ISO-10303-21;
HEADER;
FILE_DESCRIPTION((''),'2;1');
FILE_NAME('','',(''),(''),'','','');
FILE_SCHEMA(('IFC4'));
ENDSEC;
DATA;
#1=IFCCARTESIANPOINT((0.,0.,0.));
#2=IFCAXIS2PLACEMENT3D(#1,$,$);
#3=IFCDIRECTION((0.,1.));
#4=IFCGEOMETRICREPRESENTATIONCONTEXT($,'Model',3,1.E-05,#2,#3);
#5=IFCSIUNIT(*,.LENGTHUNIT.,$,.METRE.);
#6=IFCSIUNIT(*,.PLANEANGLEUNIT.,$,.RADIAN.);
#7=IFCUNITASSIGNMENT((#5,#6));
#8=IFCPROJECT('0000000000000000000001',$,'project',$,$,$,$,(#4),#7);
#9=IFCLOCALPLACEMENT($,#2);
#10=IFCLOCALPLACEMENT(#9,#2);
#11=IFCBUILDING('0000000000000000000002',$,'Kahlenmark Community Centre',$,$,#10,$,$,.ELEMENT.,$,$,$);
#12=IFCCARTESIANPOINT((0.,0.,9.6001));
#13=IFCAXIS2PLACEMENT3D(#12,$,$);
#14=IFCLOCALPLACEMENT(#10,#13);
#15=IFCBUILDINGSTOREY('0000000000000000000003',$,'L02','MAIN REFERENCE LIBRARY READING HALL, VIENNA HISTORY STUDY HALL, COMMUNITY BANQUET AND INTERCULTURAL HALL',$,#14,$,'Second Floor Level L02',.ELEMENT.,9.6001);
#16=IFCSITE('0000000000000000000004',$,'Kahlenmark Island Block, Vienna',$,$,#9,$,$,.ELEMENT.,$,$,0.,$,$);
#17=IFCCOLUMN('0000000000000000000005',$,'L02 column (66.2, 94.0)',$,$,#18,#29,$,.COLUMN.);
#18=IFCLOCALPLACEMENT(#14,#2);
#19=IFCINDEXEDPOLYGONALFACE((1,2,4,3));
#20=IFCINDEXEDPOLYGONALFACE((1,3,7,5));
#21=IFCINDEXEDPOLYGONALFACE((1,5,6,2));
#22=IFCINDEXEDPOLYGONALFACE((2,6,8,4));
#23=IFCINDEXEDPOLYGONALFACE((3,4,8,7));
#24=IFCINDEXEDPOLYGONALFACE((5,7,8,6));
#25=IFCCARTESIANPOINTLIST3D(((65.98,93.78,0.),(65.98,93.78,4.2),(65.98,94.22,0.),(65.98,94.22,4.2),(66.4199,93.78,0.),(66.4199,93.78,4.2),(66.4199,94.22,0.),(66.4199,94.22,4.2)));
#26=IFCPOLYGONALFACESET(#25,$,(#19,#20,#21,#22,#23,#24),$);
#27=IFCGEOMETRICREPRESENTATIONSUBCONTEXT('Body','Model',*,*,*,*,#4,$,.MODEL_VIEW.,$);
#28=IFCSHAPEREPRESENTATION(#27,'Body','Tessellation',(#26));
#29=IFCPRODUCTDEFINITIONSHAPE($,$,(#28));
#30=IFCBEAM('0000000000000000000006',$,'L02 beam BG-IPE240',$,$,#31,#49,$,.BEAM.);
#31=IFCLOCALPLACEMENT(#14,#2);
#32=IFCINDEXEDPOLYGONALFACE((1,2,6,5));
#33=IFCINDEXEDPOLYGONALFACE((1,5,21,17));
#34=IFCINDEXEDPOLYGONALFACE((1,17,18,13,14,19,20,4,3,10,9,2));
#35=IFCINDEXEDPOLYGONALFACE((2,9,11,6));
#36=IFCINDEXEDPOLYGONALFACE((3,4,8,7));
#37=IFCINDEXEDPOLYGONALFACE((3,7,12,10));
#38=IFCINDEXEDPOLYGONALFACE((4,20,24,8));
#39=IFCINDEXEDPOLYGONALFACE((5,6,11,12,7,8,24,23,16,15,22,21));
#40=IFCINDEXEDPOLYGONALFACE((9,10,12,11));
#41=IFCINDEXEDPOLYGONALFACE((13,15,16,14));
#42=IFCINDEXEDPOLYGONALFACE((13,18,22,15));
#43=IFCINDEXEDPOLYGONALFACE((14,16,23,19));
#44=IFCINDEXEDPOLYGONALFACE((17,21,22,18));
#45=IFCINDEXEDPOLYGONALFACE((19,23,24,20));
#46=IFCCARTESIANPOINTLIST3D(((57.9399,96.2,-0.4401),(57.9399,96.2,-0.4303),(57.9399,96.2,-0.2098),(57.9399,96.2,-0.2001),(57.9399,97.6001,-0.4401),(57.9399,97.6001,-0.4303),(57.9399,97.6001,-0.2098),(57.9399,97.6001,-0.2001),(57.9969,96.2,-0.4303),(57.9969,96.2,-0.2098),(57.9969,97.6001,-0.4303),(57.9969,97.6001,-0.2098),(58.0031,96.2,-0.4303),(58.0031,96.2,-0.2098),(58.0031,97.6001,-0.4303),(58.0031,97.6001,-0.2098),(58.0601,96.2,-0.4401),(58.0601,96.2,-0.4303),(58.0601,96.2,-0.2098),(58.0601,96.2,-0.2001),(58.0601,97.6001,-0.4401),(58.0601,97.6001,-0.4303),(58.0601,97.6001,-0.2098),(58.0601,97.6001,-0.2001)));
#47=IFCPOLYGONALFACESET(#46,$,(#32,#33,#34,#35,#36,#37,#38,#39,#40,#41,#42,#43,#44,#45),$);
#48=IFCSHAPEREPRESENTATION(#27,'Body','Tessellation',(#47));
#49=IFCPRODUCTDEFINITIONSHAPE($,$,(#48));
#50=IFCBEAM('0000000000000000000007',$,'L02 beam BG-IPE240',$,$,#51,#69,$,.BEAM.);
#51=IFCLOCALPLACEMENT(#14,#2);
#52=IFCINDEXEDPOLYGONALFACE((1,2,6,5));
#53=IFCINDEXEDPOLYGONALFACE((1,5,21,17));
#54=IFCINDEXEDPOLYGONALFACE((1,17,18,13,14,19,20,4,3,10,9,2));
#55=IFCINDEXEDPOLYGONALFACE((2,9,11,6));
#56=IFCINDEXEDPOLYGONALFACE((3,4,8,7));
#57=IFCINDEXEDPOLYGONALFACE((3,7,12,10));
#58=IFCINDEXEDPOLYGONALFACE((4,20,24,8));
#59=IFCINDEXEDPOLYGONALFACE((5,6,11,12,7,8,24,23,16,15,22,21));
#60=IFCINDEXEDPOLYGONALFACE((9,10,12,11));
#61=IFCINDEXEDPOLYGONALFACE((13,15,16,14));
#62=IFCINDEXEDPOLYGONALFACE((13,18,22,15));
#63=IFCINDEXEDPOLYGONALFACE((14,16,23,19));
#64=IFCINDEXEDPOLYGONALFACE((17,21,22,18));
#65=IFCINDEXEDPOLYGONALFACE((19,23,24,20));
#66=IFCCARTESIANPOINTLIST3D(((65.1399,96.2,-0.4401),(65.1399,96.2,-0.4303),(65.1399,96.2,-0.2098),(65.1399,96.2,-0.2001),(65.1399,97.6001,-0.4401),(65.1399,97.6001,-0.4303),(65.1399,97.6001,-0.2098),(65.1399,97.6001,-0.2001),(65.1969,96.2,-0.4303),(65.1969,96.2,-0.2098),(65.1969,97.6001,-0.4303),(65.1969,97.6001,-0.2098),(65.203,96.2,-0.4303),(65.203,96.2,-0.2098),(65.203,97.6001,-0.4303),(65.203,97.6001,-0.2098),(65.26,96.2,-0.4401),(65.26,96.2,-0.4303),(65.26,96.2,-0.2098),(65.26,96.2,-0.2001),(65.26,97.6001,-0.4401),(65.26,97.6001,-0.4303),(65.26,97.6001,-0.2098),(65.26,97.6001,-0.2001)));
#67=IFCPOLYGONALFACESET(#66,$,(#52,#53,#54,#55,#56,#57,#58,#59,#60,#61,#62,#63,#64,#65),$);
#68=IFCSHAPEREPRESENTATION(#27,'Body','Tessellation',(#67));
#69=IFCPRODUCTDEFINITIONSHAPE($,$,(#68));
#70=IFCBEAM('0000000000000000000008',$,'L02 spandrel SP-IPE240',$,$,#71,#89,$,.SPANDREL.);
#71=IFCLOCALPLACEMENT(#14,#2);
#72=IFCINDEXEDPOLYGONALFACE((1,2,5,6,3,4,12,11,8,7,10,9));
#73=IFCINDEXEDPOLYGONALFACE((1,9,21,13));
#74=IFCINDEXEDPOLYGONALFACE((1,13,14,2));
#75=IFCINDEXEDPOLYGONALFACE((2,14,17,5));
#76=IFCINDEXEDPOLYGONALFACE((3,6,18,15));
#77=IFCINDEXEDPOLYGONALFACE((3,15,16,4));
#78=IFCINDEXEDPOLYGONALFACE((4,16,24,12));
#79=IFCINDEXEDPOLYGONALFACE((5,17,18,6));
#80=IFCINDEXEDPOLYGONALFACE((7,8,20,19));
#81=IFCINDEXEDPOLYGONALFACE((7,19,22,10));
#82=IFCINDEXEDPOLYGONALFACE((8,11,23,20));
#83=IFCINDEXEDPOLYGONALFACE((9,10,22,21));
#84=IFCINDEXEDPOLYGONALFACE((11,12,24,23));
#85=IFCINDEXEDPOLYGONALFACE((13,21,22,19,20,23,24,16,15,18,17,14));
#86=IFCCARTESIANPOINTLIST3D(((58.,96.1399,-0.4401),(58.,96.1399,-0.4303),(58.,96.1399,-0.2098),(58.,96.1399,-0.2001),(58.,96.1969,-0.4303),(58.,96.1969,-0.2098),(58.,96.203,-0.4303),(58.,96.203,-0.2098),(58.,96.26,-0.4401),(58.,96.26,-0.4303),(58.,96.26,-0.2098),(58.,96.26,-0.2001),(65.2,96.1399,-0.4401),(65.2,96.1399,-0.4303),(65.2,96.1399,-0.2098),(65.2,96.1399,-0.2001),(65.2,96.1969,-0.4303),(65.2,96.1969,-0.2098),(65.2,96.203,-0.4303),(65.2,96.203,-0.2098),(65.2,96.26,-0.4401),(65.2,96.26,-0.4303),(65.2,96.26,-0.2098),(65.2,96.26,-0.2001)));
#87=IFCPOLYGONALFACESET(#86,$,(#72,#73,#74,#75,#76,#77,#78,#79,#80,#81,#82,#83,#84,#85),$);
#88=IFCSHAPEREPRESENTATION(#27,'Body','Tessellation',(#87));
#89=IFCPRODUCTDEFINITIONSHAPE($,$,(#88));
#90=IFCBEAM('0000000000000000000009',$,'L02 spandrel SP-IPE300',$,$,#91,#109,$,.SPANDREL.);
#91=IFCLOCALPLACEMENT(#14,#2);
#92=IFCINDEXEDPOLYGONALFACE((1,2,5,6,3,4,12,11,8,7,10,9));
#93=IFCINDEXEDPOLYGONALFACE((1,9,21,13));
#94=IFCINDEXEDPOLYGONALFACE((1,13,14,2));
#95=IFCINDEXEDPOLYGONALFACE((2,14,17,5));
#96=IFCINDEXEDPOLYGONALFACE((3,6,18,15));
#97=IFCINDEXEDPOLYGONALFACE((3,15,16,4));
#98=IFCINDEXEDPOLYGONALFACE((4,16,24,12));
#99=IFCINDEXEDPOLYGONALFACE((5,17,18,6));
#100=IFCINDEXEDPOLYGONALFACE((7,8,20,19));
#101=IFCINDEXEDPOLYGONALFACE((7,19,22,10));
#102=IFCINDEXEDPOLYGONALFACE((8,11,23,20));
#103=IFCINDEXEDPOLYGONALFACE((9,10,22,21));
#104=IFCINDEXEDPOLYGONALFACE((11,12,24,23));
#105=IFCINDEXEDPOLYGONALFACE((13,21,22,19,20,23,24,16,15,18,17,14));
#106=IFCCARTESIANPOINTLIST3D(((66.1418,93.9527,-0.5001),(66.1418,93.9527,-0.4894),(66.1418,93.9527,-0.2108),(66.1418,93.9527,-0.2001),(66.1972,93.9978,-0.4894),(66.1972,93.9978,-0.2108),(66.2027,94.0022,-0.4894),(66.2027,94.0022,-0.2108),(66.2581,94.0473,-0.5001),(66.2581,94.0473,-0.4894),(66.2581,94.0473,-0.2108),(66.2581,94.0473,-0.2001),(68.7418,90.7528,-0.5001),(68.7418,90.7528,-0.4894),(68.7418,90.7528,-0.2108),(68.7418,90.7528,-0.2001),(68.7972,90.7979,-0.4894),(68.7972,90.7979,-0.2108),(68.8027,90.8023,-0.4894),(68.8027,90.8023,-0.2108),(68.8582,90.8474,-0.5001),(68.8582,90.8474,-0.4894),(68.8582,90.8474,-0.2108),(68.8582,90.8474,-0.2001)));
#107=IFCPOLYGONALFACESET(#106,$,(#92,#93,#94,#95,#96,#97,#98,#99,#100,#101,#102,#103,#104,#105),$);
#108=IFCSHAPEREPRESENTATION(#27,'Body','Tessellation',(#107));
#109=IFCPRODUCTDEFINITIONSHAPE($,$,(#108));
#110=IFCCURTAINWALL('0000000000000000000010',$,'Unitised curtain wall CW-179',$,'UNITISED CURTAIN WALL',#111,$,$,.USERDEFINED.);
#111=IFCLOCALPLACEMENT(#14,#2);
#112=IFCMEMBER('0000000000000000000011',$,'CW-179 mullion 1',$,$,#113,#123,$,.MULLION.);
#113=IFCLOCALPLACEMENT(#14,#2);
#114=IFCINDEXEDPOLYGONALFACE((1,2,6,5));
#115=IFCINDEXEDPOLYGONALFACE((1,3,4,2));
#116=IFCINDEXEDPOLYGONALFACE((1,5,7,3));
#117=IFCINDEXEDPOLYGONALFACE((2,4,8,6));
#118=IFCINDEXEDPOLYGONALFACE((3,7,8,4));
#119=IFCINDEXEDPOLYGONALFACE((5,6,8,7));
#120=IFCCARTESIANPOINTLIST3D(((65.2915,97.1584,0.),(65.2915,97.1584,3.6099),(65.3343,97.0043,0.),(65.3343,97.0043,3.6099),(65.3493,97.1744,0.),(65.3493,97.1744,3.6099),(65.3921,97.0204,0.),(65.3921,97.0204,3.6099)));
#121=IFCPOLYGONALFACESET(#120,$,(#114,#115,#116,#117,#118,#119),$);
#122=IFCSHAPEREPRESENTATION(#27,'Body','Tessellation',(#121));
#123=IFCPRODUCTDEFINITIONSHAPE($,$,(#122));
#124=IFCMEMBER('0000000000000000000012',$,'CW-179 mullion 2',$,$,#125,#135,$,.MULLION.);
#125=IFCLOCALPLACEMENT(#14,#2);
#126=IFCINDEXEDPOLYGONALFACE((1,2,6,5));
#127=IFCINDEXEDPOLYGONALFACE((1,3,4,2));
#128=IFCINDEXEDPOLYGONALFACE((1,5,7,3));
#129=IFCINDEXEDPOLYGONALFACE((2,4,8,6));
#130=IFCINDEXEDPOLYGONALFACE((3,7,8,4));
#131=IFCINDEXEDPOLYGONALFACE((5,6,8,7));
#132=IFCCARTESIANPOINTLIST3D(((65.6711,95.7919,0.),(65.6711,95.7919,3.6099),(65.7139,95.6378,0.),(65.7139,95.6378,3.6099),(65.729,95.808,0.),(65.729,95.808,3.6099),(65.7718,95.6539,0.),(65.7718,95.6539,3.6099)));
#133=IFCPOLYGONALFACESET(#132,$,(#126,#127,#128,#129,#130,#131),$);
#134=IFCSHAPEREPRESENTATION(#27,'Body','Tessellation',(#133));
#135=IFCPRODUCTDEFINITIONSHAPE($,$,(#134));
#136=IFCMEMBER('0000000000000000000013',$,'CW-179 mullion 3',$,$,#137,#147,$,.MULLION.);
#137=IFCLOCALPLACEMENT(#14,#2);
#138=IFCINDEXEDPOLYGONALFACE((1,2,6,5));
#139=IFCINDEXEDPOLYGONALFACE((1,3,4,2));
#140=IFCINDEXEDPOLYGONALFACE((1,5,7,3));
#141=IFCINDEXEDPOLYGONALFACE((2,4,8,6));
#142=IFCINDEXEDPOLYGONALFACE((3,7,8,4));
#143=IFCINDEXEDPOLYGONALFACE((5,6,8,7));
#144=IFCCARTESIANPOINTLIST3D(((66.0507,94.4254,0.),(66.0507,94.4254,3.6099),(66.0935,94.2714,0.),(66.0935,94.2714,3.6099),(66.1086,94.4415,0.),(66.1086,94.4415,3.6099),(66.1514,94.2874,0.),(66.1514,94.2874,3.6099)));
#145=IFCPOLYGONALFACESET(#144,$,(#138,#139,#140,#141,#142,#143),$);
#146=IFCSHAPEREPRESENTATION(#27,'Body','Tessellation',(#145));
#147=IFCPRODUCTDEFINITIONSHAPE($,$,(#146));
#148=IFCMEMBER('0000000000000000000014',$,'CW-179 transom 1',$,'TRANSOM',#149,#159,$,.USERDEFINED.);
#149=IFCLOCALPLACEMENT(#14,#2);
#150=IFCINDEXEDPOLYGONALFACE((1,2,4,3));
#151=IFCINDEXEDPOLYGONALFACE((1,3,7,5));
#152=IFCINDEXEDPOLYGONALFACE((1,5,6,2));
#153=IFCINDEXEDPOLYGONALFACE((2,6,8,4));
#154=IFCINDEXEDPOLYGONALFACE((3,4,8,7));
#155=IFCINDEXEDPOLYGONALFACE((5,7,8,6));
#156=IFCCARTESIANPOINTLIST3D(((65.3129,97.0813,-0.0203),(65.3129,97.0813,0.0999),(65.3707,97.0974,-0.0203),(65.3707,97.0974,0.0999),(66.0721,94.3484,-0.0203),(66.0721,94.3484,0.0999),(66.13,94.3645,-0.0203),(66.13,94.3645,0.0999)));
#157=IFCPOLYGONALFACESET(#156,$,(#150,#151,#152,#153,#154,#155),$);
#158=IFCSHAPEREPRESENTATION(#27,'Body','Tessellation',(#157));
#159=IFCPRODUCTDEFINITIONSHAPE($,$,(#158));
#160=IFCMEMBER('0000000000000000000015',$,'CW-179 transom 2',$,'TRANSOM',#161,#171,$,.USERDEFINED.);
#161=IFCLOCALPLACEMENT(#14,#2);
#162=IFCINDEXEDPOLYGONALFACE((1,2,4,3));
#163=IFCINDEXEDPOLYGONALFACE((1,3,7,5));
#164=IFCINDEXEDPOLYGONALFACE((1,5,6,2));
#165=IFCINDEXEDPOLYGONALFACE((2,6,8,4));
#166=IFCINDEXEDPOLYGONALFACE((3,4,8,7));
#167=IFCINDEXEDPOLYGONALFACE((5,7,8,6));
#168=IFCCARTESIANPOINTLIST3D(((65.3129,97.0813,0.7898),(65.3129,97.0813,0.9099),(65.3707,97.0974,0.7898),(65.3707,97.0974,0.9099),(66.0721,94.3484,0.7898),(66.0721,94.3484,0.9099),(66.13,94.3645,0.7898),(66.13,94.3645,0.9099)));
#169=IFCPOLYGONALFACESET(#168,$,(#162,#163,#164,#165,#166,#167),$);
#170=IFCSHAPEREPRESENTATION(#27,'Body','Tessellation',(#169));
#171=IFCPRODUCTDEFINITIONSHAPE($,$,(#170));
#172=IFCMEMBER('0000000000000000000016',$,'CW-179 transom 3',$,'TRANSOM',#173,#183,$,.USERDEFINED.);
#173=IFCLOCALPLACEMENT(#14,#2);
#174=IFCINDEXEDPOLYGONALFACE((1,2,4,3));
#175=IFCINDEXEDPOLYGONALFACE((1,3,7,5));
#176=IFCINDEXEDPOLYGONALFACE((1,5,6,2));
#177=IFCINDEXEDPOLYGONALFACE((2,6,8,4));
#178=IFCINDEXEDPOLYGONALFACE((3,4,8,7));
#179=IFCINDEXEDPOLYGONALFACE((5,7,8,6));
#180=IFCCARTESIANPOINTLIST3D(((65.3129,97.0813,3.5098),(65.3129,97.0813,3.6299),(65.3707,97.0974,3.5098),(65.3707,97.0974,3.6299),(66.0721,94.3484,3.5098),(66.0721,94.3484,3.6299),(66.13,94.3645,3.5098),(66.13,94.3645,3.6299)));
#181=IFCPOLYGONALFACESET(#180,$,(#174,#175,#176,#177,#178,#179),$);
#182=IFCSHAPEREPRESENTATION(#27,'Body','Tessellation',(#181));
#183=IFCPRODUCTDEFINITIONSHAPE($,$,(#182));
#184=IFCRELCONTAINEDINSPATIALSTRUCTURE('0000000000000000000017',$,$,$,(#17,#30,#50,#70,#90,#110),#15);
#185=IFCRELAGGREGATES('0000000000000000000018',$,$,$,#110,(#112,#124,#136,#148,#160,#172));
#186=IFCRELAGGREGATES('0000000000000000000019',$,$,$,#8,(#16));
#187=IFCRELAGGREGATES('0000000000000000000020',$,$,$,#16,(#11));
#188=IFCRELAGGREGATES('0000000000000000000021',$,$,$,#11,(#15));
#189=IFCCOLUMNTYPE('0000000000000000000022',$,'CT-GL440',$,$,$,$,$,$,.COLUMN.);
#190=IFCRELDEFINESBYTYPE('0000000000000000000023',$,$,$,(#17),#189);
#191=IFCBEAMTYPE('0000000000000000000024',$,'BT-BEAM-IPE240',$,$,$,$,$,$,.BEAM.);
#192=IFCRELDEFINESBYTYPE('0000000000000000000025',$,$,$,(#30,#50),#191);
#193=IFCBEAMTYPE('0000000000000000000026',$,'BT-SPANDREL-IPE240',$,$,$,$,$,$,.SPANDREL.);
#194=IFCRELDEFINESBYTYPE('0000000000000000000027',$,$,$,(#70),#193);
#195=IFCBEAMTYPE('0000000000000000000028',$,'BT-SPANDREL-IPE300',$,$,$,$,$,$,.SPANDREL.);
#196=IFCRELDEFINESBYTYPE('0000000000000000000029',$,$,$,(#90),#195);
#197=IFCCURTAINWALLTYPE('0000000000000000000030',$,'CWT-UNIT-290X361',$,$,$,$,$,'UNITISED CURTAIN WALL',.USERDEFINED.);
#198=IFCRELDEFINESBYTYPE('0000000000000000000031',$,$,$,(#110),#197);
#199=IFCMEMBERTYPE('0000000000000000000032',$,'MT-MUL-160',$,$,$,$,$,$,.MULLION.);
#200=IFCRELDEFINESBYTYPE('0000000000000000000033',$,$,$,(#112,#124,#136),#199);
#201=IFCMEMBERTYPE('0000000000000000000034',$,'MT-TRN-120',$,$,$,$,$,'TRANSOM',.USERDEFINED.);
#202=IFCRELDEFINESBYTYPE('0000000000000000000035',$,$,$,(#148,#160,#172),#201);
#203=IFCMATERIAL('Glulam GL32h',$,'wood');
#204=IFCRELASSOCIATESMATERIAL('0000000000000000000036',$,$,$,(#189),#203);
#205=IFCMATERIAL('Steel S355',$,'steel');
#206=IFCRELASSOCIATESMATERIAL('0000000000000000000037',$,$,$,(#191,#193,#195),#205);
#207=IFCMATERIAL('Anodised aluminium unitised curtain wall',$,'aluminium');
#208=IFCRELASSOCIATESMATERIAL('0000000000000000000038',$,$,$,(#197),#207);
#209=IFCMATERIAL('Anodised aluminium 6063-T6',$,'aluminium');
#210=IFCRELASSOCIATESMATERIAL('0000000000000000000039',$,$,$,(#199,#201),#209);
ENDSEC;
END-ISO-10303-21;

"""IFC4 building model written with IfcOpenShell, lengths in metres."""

from ifc_helpers import new_model, si_unit, direction, frame, origin, origin_2d, place, context, subcontext, project, spatial, rectangle, i_section, extrude, material, material_profile, profile_set, type_object, element, aggregate, save


model = new_model("IFC4")

# Units and contexts
model_context = context("Model", 3, precision=1e-05, world=origin(), true_north=direction((0.0, 1.0)))
body_context = subcontext(model_context, "Body", "Model", "MODEL_VIEW")
ifc_project = project(units=[si_unit("LENGTHUNIT", "METRE"), si_unit("PLANEANGLEUNIT", "RADIAN")], contexts=[model_context])

# Site, building, storey
site_placement = place(None, origin())
site = spatial("IfcSite", under=ifc_project, at=site_placement, Name="Kahlenmark Island Block, Vienna", CompositionType="ELEMENT", RefElevation=0.0)
building_placement = place(site_placement, origin())
building = spatial("IfcBuilding", under=site, at=building_placement, Name="Kahlenmark Community Centre", CompositionType="ELEMENT")
storey_placement = place(building_placement, frame((0.0, 0.0, 9.6001)))
storey = spatial("IfcBuildingStorey", under=building, at=storey_placement, Name="L02", Description="MAIN REFERENCE LIBRARY READING HALL, VIENNA HISTORY STUDY HALL, COMMUNITY BANQUET AND INTERCULTURAL HALL", LongName="Second Floor Level L02", CompositionType="ELEMENT", Elevation=9.6001)

# Column
ifc_material_1 = material(Name="Glulam GL32h", Category="wood")
ifc_material_profile_1 = material_profile(ifc_material_1, rectangle(XDim=0.4399, YDim=0.4399, at=origin_2d()), Name="GL32h 440x440")
ifc_profile_set_1 = profile_set([ifc_material_profile_1], Name="Glulam GL32h")
column_type = type_object("IfcColumnType", Name="CT-GL440", PredefinedType="COLUMN", material=ifc_profile_set_1)
column_placement = place(storey_placement, frame((66.2, 94.0, 0.0), z_axis=(0.0, 0.0, 1.0), x_axis=(1.0, 0.0, 0.0)))
element("IfcColumn", 1, at=column_placement, inside=storey, type_object=column_type, Name="L02 column (66.2, 94.0)", PredefinedType="COLUMN", context=body_context, shape_type="SweptSolid", body=[
    extrude(rectangle(XDim=0.4399, YDim=0.4399, at=origin_2d()), origin(), (0.0, 0.0, 1.0), 4.2),
])

# Beams
ifc_material_2 = material(Name="Steel S355", Category="steel")
ifc_material_profile_2 = material_profile(ifc_material_2, i_section(OverallWidth=0.1201, OverallDepth=0.24, WebThickness=0.0061, FlangeThickness=0.0098, at=origin_2d()), Name="IPE 240")
ifc_profile_set_2 = profile_set([ifc_material_profile_2], Name="Steel S355")
beam_type_1 = type_object("IfcBeamType", Name="BT-BEAM-IPE240", PredefinedType="BEAM", material=ifc_profile_set_2)
for number, where, z_axis, x_axis, name in (
    (2, (58.0, 96.2, -0.3201), (0.0, 1.0, 0.0), (-1.0, 0.0, 0.0), "L02 beam BG-IPE240"),
    (3, (65.2, 96.2, -0.3201), (0.0, 1.0, 0.0), (-1.0, 0.0, 0.0), "L02 beam BG-IPE240"),
):
    element("IfcBeam", number, at=place(storey_placement, frame(where, z_axis=z_axis, x_axis=x_axis)), inside=storey, type_object=beam_type_1, Name=name, PredefinedType="BEAM", context=body_context, shape_type="SweptSolid", body=[
        extrude(i_section(OverallWidth=0.1201, OverallDepth=0.24, WebThickness=0.0061, FlangeThickness=0.0098, at=origin_2d()), origin(), (0.0, 0.0, 1.0), 1.4001),
    ])
ifc_material_profile_3 = material_profile(ifc_material_2, i_section(OverallWidth=0.1201, OverallDepth=0.24, WebThickness=0.0061, FlangeThickness=0.0098, at=origin_2d()), Name="IPE 240")
ifc_profile_set_3 = profile_set([ifc_material_profile_3], Name="Steel S355")
beam_type_2 = type_object("IfcBeamType", Name="BT-SPANDREL-IPE240", PredefinedType="SPANDREL", material=ifc_profile_set_3)
beam_1_placement = place(storey_placement, frame((58.0, 96.2, -0.3201), z_axis=(1.0, 0.0, 0.0), x_axis=(0.0, 1.0, 0.0)))
element("IfcBeam", 4, at=beam_1_placement, inside=storey, type_object=beam_type_2, Name="L02 spandrel SP-IPE240", PredefinedType="SPANDREL", context=body_context, shape_type="SweptSolid", body=[
    extrude(i_section(OverallWidth=0.1201, OverallDepth=0.24, WebThickness=0.0061, FlangeThickness=0.0098, at=origin_2d()), origin(), (0.0, 0.0, 1.0), 7.2),
])
ifc_material_profile_4 = material_profile(ifc_material_2, i_section(OverallWidth=0.1499, OverallDepth=0.3, WebThickness=0.0071, FlangeThickness=0.0107, at=origin_2d()), Name="IPE 300")
ifc_profile_set_4 = profile_set([ifc_material_profile_4], Name="Steel S355")
beam_type_3 = type_object("IfcBeamType", Name="BT-SPANDREL-IPE300", PredefinedType="SPANDREL", material=ifc_profile_set_4)
beam_2_placement = place(storey_placement, frame((66.2, 94.0, -0.3501), z_axis=(0.630613, -0.776098, 0.0), x_axis=(0.776098, 0.630613, 0.0)))
element("IfcBeam", 5, at=beam_2_placement, inside=storey, type_object=beam_type_3, Name="L02 spandrel SP-IPE300", PredefinedType="SPANDREL", context=body_context, shape_type="SweptSolid", body=[
    extrude(i_section(OverallWidth=0.1499, OverallDepth=0.3, WebThickness=0.0071, FlangeThickness=0.0107, at=origin_2d()), origin(), (0.0, 0.0, 1.0), 4.123),
])

# Curtain wall, members
ifc_material_3 = material(Name="Anodised aluminium unitised curtain wall", Category="aluminium")
curtain_wall_type = type_object("IfcCurtainWallType", Name="CWT-UNIT-290X361", ElementType="UNITISED CURTAIN WALL", PredefinedType="USERDEFINED", material=ifc_material_3)
curtain_wall_placement = place(storey_placement, origin())
curtain_wall = element("IfcCurtainWall", 6, at=curtain_wall_placement, inside=storey, type_object=curtain_wall_type, Name="Unitised curtain wall CW-179", ObjectType="UNITISED CURTAIN WALL", PredefinedType="USERDEFINED")
ifc_material_4 = material(Name="Anodised aluminium 6063-T6", Category="aluminium")
ifc_material_profile_5 = material_profile(ifc_material_4, rectangle(XDim=0.0601, YDim=0.1599, at=origin_2d()), Name="ALU MULLION 60x160")
ifc_profile_set_5 = profile_set([ifc_material_profile_5], Name="Anodised aluminium 6063-T6")
member_type_1 = type_object("IfcMemberType", Name="MT-MUL-160", PredefinedType="MULLION", material=ifc_profile_set_5)
member_1_placement = place(storey_placement, frame((65.3418, 97.0894, 0.0), z_axis=(0.0, 0.0, 1.0), x_axis=(0.963515, 0.267654, 0.0)))
member_1 = element("IfcMember", 7, at=member_1_placement, type_object=member_type_1, Name="CW-179 mullion 1", PredefinedType="MULLION", context=body_context, shape_type="SweptSolid", body=[
    extrude(rectangle(XDim=0.0601, YDim=0.1599, at=origin_2d()), origin(), (0.0, 0.0, 1.0), 3.6099),
])
member_2_placement = place(storey_placement, frame((65.7214, 95.7229, 0.0), z_axis=(0.0, 0.0, 1.0), x_axis=(0.963515, 0.267654, 0.0)))
member_2 = element("IfcMember", 8, at=member_2_placement, type_object=member_type_1, Name="CW-179 mullion 2", PredefinedType="MULLION", context=body_context, shape_type="SweptSolid", body=[
    extrude(rectangle(XDim=0.0601, YDim=0.1599, at=origin_2d()), origin(), (0.0, 0.0, 1.0), 3.6099),
])
member_3_placement = place(storey_placement, frame((66.1011, 94.3564, 0.0), z_axis=(0.0, 0.0, 1.0), x_axis=(0.963515, 0.267654, 0.0)))
member_3 = element("IfcMember", 9, at=member_3_placement, type_object=member_type_1, Name="CW-179 mullion 3", PredefinedType="MULLION", context=body_context, shape_type="SweptSolid", body=[
    extrude(rectangle(XDim=0.0601, YDim=0.1599, at=origin_2d()), origin(), (0.0, 0.0, 1.0), 3.6099),
])
ifc_material_profile_6 = material_profile(ifc_material_4, rectangle(XDim=0.0601, YDim=0.1201, at=origin_2d()), Name="ALU TRANSOM 60x120")
ifc_profile_set_6 = profile_set([ifc_material_profile_6], Name="Anodised aluminium 6063-T6")
member_type_2 = type_object("IfcMemberType", Name="MT-TRN-120", ElementType="TRANSOM", PredefinedType="USERDEFINED", material=ifc_profile_set_6)
member_4_placement = place(storey_placement, frame((65.3418, 97.0894, 0.0398), z_axis=(0.267688, -0.963506, 0.0), x_axis=(0.963506, 0.267688, 0.0)))
member_4 = element("IfcMember", 10, at=member_4_placement, type_object=member_type_2, Name="CW-179 transom 1", ObjectType="TRANSOM", PredefinedType="USERDEFINED", context=body_context, shape_type="SweptSolid", body=[
    extrude(rectangle(XDim=0.0601, YDim=0.1201, at=origin_2d()), origin(), (0.0, 0.0, 1.0), 2.8364),
])
member_5_placement = place(storey_placement, frame((65.3418, 97.0894, 0.8499), z_axis=(0.267688, -0.963506, 0.0), x_axis=(0.963506, 0.267688, 0.0)))
member_5 = element("IfcMember", 11, at=member_5_placement, type_object=member_type_2, Name="CW-179 transom 2", ObjectType="TRANSOM", PredefinedType="USERDEFINED", context=body_context, shape_type="SweptSolid", body=[
    extrude(rectangle(XDim=0.0601, YDim=0.1201, at=origin_2d()), origin(), (0.0, 0.0, 1.0), 2.8364),
])
member_6_placement = place(storey_placement, frame((65.3418, 97.0894, 3.5698), z_axis=(0.267688, -0.963506, 0.0), x_axis=(0.963506, 0.267688, 0.0)))
member_6 = element("IfcMember", 12, at=member_6_placement, type_object=member_type_2, Name="CW-179 transom 3", ObjectType="TRANSOM", PredefinedType="USERDEFINED", context=body_context, shape_type="SweptSolid", body=[
    extrude(rectangle(XDim=0.0601, YDim=0.1201, at=origin_2d()), origin(), (0.0, 0.0, 1.0), 2.8364),
])
aggregate(curtain_wall, [member_1, member_2, member_3, member_4, member_5, member_6])

save(model, "model.ifc")
